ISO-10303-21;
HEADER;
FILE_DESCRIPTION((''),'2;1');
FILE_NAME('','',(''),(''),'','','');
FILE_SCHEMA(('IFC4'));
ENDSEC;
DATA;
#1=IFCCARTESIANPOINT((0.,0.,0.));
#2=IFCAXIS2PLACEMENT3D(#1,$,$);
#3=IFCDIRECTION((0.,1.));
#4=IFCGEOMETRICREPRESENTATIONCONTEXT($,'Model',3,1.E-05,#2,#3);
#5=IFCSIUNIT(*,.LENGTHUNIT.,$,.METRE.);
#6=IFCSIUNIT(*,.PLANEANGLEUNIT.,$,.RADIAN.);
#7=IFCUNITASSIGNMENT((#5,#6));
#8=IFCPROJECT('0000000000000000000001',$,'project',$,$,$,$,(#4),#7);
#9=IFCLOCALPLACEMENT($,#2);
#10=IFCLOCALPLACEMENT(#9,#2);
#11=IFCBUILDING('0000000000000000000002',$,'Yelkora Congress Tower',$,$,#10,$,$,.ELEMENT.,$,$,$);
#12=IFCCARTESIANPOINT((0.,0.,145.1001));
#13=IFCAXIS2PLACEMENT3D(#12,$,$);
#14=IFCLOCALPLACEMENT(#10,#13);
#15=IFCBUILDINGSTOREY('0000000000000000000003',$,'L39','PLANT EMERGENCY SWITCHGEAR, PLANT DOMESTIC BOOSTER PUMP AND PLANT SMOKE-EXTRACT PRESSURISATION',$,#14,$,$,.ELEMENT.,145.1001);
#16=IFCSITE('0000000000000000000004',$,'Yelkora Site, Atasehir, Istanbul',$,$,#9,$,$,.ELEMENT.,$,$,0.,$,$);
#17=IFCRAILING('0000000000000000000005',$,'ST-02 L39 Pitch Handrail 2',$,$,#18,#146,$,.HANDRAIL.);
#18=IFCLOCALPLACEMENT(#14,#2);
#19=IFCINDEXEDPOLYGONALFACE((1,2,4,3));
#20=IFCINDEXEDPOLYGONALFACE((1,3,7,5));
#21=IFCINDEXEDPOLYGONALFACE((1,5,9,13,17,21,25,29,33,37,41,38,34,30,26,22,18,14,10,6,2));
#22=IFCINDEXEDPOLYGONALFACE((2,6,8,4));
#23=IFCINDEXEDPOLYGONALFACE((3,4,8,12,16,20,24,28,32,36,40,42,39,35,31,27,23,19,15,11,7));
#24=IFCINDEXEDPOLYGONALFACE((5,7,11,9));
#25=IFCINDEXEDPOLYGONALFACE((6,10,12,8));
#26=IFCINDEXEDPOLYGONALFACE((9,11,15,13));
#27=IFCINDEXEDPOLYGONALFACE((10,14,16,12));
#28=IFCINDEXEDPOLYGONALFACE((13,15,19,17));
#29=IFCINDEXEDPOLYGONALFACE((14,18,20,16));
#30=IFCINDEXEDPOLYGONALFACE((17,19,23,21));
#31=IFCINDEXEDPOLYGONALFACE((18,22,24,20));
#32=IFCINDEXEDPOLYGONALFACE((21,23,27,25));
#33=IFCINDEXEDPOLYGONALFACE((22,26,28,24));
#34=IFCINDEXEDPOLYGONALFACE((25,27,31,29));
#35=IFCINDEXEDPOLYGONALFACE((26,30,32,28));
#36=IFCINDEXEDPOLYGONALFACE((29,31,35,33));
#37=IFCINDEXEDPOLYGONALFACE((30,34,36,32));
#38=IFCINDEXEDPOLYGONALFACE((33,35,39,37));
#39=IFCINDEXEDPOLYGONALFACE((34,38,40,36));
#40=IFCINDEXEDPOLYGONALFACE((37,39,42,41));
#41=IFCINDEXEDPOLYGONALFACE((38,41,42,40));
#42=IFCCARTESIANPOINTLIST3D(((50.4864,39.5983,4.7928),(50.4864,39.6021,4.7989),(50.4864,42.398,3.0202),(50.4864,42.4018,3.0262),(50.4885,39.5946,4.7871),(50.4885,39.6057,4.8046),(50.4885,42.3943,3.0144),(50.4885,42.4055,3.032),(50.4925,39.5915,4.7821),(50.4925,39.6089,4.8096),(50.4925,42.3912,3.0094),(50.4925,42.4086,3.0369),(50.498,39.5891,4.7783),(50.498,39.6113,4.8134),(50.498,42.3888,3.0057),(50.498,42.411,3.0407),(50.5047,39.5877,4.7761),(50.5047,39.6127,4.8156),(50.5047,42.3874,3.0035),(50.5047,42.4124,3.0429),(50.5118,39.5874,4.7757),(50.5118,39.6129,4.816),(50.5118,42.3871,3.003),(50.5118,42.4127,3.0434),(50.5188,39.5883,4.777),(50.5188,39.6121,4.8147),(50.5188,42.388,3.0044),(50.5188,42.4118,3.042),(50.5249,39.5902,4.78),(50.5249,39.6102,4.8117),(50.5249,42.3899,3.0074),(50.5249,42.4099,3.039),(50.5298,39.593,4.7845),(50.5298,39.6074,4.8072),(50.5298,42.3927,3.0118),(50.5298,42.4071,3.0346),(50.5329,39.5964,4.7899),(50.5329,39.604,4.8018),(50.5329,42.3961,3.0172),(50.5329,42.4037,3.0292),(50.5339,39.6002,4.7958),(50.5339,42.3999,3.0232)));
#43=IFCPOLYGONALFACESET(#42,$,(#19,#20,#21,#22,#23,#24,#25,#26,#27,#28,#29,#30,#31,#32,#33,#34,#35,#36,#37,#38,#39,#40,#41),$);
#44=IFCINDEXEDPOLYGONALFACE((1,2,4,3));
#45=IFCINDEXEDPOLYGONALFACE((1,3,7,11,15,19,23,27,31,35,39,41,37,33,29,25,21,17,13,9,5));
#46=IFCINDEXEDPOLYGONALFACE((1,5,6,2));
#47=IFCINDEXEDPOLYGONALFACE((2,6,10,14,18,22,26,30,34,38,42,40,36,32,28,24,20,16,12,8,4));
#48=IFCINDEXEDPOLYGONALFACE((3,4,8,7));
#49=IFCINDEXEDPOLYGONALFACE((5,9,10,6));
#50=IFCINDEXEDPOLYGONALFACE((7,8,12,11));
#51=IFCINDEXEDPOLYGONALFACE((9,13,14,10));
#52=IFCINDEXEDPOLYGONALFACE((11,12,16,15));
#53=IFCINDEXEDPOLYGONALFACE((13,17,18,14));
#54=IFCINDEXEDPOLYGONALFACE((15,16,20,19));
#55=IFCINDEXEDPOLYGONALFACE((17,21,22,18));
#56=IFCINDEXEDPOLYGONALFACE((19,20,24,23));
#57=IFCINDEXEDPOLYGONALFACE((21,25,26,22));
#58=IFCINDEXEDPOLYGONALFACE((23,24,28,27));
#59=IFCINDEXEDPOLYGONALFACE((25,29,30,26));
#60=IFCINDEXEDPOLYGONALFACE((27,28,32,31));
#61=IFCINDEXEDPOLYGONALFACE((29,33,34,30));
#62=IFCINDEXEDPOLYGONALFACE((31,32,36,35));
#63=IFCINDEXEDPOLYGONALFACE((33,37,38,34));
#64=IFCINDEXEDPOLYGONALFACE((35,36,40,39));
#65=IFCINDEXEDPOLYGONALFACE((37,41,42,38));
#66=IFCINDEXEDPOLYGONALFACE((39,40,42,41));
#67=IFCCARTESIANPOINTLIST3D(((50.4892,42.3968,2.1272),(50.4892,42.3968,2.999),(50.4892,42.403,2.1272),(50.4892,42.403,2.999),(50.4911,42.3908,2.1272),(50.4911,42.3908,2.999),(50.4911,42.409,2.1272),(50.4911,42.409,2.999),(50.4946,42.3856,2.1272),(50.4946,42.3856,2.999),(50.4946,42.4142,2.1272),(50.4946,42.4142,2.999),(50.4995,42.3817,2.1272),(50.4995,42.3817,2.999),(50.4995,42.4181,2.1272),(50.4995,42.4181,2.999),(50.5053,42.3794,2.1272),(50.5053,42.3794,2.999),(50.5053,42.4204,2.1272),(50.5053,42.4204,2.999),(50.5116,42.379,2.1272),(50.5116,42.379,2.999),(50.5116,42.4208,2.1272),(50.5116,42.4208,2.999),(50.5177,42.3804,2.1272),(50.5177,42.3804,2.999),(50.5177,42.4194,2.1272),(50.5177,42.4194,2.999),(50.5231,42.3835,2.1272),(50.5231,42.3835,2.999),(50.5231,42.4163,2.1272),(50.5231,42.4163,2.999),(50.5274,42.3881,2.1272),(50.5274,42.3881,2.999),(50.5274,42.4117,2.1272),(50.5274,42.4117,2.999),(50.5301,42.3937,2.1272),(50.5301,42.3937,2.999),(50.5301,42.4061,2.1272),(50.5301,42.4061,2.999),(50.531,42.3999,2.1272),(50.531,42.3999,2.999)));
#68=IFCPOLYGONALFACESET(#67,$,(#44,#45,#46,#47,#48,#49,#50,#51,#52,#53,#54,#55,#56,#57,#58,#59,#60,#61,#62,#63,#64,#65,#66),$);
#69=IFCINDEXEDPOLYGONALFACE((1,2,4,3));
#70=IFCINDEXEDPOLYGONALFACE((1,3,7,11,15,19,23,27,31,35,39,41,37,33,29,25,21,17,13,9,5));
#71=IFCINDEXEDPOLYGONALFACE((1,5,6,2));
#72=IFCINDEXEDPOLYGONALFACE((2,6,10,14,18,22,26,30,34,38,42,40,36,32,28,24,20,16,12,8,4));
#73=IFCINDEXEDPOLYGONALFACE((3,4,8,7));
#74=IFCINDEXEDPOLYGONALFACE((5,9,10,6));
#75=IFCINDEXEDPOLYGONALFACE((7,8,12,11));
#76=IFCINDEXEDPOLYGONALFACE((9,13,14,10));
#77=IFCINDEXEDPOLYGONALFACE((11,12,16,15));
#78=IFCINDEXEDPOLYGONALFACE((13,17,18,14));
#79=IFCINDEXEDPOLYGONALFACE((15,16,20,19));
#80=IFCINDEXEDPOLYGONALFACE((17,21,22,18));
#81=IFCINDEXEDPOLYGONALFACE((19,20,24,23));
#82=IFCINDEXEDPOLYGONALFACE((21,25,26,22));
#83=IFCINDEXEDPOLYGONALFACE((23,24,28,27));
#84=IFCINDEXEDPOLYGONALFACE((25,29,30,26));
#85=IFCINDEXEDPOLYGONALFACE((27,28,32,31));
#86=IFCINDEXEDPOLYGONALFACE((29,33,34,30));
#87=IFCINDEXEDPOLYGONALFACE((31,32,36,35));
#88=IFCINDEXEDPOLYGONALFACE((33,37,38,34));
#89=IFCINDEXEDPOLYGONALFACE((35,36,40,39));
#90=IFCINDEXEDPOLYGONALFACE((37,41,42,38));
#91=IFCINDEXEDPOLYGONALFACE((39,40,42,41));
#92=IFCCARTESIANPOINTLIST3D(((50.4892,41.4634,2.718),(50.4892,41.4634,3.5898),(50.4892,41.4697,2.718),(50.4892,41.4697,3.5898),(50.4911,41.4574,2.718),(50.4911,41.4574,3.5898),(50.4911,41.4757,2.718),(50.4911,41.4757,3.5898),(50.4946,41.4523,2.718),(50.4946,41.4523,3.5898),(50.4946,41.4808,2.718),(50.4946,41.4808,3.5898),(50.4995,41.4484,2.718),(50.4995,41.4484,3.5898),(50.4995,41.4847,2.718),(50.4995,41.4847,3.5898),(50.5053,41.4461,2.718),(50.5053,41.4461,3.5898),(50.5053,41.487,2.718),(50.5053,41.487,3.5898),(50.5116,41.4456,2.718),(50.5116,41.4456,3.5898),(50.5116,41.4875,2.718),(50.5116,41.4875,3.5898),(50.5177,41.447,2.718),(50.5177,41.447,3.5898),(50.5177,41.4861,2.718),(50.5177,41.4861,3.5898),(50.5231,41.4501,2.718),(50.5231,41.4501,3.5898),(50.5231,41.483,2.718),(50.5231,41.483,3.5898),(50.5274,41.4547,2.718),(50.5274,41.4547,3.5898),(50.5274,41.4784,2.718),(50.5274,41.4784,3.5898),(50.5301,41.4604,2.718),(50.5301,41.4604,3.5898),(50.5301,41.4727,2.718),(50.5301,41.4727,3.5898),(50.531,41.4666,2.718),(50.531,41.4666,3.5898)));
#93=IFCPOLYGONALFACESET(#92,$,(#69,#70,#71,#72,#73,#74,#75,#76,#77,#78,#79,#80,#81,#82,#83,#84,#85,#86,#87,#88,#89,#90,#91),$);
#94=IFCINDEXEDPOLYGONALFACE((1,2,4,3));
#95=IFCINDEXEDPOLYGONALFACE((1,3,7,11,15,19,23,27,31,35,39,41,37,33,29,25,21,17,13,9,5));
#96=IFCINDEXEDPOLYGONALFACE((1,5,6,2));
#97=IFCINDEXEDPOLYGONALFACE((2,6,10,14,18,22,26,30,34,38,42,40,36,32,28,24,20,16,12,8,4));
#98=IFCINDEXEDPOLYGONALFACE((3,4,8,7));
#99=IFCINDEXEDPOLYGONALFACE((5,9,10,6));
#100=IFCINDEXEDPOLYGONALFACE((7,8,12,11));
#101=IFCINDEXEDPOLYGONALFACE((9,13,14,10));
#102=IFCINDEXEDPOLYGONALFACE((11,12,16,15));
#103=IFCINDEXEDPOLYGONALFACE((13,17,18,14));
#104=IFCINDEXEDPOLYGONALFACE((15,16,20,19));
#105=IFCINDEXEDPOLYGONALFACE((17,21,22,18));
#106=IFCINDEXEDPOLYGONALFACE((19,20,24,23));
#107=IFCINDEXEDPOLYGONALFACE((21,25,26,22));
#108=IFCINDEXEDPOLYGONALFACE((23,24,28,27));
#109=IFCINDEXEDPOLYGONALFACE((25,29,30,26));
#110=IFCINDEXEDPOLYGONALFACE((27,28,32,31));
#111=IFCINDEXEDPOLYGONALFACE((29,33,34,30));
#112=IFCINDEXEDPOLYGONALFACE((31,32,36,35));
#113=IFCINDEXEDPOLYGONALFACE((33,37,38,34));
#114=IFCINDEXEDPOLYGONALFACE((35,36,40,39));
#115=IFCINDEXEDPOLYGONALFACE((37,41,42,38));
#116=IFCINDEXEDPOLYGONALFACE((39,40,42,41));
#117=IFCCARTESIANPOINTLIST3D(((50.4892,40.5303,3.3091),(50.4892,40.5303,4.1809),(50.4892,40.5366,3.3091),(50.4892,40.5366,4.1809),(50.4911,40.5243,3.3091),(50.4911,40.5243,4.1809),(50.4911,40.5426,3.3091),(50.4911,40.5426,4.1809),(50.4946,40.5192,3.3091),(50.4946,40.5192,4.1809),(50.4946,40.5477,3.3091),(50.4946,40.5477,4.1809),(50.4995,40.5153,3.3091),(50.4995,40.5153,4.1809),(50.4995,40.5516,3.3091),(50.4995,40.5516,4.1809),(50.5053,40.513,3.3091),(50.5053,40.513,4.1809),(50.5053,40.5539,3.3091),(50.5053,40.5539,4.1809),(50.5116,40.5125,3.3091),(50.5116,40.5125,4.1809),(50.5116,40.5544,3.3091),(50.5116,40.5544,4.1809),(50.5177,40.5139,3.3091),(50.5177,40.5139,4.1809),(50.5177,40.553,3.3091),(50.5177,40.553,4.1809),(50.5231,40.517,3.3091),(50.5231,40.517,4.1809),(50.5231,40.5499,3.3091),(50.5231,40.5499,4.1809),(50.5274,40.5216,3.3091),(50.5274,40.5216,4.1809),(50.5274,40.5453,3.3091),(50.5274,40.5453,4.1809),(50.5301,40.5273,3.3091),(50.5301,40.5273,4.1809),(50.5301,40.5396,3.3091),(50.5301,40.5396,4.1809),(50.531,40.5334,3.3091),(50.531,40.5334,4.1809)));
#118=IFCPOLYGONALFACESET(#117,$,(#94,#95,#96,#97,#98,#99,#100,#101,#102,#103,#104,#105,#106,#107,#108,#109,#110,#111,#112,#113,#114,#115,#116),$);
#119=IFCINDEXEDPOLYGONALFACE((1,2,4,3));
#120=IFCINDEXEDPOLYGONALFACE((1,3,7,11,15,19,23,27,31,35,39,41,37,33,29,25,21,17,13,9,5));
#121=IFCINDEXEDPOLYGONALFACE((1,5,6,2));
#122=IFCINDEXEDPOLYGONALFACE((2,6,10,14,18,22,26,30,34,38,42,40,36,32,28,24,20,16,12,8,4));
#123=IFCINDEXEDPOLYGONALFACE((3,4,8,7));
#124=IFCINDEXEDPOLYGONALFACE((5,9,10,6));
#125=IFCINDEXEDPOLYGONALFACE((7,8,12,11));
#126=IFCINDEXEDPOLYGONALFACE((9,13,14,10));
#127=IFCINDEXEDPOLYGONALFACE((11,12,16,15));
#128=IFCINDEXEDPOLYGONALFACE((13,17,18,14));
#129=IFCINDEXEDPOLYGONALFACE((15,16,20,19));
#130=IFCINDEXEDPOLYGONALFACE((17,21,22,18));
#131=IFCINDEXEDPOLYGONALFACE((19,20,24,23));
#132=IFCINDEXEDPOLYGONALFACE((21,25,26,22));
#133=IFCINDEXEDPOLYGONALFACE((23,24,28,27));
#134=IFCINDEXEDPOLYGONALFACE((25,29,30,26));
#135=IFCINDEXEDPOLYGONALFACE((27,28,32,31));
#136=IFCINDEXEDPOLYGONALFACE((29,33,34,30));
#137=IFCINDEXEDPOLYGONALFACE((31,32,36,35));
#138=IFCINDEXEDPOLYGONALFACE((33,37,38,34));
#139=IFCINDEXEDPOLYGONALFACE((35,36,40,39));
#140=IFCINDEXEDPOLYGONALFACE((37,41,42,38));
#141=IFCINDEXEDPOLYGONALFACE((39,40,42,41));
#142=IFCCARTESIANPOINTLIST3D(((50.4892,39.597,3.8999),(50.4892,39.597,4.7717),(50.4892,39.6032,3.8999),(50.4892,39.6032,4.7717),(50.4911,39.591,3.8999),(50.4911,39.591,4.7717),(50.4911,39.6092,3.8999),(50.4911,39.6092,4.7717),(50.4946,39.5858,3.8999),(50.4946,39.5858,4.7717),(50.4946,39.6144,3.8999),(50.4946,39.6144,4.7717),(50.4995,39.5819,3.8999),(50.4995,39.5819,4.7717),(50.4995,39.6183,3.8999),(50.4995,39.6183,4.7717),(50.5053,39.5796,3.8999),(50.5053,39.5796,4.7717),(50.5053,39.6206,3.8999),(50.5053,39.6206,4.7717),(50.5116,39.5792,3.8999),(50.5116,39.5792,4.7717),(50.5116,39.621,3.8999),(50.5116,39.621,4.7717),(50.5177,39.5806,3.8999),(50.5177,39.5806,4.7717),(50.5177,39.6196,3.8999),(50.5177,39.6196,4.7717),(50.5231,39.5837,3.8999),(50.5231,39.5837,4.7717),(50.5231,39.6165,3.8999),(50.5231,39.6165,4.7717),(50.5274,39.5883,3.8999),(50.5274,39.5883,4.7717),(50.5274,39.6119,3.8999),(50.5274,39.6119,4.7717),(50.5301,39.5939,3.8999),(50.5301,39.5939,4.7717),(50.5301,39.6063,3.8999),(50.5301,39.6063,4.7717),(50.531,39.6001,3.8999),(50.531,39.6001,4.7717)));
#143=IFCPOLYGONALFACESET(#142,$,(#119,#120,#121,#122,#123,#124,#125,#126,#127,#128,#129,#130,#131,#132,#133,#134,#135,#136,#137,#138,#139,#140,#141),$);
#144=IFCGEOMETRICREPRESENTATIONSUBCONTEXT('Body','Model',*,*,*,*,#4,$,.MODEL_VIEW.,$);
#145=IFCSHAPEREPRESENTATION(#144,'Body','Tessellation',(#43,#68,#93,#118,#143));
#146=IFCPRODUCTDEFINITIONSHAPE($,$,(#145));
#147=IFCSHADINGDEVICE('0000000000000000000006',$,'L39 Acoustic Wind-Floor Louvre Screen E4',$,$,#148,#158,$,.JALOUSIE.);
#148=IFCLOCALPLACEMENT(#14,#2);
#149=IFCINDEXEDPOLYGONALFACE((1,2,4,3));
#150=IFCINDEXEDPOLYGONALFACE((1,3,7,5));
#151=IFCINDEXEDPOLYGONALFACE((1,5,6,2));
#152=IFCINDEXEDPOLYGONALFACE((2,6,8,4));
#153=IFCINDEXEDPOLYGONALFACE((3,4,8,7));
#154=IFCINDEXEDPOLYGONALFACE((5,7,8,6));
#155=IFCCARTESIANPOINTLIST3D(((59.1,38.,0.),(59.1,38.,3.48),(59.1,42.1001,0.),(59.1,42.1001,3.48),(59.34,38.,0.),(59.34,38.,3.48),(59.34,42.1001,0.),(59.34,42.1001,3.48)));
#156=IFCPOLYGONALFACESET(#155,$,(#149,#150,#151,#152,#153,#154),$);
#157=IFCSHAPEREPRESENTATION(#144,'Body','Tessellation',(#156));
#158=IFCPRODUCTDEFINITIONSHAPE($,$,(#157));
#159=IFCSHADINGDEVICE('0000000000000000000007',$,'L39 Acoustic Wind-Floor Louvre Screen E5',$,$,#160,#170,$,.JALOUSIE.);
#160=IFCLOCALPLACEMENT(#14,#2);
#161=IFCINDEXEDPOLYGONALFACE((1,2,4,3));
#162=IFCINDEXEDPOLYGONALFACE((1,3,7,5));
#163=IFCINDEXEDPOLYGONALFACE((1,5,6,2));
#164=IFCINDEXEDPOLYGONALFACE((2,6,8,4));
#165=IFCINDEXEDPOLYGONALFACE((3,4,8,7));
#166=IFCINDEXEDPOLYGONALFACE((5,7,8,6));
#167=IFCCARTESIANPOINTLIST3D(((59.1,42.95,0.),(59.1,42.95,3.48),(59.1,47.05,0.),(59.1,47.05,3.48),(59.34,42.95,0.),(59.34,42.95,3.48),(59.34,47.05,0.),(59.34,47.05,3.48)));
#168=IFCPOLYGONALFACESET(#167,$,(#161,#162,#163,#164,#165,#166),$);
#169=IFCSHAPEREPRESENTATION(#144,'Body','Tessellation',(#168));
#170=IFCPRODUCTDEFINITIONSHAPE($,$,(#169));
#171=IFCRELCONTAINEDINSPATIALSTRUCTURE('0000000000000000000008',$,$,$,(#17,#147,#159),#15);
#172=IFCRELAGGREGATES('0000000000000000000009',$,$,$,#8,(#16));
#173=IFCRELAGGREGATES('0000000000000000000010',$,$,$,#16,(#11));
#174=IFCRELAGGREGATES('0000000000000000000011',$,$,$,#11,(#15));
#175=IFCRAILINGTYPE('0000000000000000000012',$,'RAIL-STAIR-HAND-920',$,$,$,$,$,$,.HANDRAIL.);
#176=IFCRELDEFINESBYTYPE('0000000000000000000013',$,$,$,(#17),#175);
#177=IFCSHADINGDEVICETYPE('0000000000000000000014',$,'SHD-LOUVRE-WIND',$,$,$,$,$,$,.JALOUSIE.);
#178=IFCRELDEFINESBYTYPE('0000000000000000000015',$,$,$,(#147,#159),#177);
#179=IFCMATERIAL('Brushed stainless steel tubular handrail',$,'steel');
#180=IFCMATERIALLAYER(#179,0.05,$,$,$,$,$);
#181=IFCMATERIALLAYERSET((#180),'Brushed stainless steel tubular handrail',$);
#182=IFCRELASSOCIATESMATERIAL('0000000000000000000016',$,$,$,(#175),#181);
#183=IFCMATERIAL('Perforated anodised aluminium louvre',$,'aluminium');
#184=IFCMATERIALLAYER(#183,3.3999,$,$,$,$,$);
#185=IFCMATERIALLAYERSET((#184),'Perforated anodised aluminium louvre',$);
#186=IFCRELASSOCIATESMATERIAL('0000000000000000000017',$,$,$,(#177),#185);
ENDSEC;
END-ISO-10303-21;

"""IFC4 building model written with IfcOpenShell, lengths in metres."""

from ifc_helpers import new_model, si_unit, direction, frame, origin, origin_2d, place, context, subcontext, project, spatial, rectangle, circle, extrude, material, layer, layer_set, type_object, element, save


model = new_model("IFC4")

# Units and contexts
model_context = context("Model", 3, precision=1e-05, world=origin(), true_north=direction((0.0, 1.0)))
body_context = subcontext(model_context, "Body", "Model", "MODEL_VIEW")
ifc_project = project(units=[si_unit("LENGTHUNIT", "METRE"), si_unit("PLANEANGLEUNIT", "RADIAN")], contexts=[model_context])

# Site, building, storey
site_placement = place(None, origin())
site = spatial("IfcSite", under=ifc_project, at=site_placement, Name="Yelkora Site, Atasehir, Istanbul", CompositionType="ELEMENT", RefElevation=0.0)
building_placement = place(site_placement, origin())
building = spatial("IfcBuilding", under=site, at=building_placement, Name="Yelkora Congress Tower", CompositionType="ELEMENT")
storey_placement = place(building_placement, frame((0.0, 0.0, 145.1001)))
storey = spatial("IfcBuildingStorey", under=building, at=storey_placement, Name="L39", Description="PLANT EMERGENCY SWITCHGEAR, PLANT DOMESTIC BOOSTER PUMP AND PLANT SMOKE-EXTRACT PRESSURISATION", CompositionType="ELEMENT", Elevation=145.1001)

# Railing
ifc_material_1 = material(Name="Brushed stainless steel tubular handrail", Category="steel")
ifc_layer_1 = layer(ifc_material_1, 0.05)
ifc_layer_set_1 = layer_set([ifc_layer_1], Name="Brushed stainless steel tubular handrail")
railing_type_1 = type_object("IfcRailingType", Name="RAIL-STAIR-HAND-920", PredefinedType="HANDRAIL", material=ifc_layer_set_1)
railing_1_placement = place(storey_placement, frame((50.51, 42.3999, 2.1272)))
element("IfcRailing", 1, at=railing_1_placement, inside=storey, type_object=railing_type_1, Name="ST-02 L39 Pitch Handrail 2", PredefinedType="HANDRAIL", context=body_context, shape_type="SweptSolid", body=[
    extrude(circle(Radius=0.0239, at=origin_2d()), frame((0.0, 0.0, 0.896), z_axis=(0.0, -0.844888, 0.534943), x_axis=(1.0, 0.0, 0.0)), (0.0, 0.0, 1.0), 3.3137),
    extrude(circle(Radius=0.021, at=origin_2d()), origin(), (0.0, 0.0, 1.0), 0.8718),
    extrude(circle(Radius=0.021, at=origin_2d()), frame((0.0, -0.9333, 0.5908)), (0.0, 0.0, 1.0), 0.8718),
    extrude(circle(Radius=0.021, at=origin_2d()), frame((0.0, -1.8665, 1.1819)), (0.0, 0.0, 1.0), 0.8718),
    extrude(circle(Radius=0.021, at=origin_2d()), frame((0.0, -2.7998, 1.7727)), (0.0, 0.0, 1.0), 0.8718),
])

# Shading devices
ifc_material_2 = material(Name="Perforated anodised aluminium louvre", Category="aluminium")
ifc_layer_2 = layer(ifc_material_2, 3.3999)
ifc_layer_set_2 = layer_set([ifc_layer_2], Name="Perforated anodised aluminium louvre")
shading_device_type = type_object("IfcShadingDeviceType", Name="SHD-LOUVRE-WIND", PredefinedType="JALOUSIE", material=ifc_layer_set_2)
for number, where, z_axis, x_axis, name in (
    (2, (59.22, 40.05, 0.0), (0.0, 0.0, 1.0), (1.0, 0.0, 0.0), "L39 Acoustic Wind-Floor Louvre Screen E4"),
    (3, (59.22, 45.0, 0.0), (0.0, 0.0, 1.0), (1.0, 0.0, 0.0), "L39 Acoustic Wind-Floor Louvre Screen E5"),
):
    element("IfcShadingDevice", number, at=place(storey_placement, frame(where, z_axis=z_axis, x_axis=x_axis)), inside=storey, type_object=shading_device_type, Name=name, PredefinedType="JALOUSIE", context=body_context, shape_type="SweptSolid", body=[
        extrude(rectangle(XDim=0.24, YDim=4.1001, at=origin_2d()), origin(), (0.0, 0.0, 1.0), 3.48),
    ])

save(model, "model.ifc")
